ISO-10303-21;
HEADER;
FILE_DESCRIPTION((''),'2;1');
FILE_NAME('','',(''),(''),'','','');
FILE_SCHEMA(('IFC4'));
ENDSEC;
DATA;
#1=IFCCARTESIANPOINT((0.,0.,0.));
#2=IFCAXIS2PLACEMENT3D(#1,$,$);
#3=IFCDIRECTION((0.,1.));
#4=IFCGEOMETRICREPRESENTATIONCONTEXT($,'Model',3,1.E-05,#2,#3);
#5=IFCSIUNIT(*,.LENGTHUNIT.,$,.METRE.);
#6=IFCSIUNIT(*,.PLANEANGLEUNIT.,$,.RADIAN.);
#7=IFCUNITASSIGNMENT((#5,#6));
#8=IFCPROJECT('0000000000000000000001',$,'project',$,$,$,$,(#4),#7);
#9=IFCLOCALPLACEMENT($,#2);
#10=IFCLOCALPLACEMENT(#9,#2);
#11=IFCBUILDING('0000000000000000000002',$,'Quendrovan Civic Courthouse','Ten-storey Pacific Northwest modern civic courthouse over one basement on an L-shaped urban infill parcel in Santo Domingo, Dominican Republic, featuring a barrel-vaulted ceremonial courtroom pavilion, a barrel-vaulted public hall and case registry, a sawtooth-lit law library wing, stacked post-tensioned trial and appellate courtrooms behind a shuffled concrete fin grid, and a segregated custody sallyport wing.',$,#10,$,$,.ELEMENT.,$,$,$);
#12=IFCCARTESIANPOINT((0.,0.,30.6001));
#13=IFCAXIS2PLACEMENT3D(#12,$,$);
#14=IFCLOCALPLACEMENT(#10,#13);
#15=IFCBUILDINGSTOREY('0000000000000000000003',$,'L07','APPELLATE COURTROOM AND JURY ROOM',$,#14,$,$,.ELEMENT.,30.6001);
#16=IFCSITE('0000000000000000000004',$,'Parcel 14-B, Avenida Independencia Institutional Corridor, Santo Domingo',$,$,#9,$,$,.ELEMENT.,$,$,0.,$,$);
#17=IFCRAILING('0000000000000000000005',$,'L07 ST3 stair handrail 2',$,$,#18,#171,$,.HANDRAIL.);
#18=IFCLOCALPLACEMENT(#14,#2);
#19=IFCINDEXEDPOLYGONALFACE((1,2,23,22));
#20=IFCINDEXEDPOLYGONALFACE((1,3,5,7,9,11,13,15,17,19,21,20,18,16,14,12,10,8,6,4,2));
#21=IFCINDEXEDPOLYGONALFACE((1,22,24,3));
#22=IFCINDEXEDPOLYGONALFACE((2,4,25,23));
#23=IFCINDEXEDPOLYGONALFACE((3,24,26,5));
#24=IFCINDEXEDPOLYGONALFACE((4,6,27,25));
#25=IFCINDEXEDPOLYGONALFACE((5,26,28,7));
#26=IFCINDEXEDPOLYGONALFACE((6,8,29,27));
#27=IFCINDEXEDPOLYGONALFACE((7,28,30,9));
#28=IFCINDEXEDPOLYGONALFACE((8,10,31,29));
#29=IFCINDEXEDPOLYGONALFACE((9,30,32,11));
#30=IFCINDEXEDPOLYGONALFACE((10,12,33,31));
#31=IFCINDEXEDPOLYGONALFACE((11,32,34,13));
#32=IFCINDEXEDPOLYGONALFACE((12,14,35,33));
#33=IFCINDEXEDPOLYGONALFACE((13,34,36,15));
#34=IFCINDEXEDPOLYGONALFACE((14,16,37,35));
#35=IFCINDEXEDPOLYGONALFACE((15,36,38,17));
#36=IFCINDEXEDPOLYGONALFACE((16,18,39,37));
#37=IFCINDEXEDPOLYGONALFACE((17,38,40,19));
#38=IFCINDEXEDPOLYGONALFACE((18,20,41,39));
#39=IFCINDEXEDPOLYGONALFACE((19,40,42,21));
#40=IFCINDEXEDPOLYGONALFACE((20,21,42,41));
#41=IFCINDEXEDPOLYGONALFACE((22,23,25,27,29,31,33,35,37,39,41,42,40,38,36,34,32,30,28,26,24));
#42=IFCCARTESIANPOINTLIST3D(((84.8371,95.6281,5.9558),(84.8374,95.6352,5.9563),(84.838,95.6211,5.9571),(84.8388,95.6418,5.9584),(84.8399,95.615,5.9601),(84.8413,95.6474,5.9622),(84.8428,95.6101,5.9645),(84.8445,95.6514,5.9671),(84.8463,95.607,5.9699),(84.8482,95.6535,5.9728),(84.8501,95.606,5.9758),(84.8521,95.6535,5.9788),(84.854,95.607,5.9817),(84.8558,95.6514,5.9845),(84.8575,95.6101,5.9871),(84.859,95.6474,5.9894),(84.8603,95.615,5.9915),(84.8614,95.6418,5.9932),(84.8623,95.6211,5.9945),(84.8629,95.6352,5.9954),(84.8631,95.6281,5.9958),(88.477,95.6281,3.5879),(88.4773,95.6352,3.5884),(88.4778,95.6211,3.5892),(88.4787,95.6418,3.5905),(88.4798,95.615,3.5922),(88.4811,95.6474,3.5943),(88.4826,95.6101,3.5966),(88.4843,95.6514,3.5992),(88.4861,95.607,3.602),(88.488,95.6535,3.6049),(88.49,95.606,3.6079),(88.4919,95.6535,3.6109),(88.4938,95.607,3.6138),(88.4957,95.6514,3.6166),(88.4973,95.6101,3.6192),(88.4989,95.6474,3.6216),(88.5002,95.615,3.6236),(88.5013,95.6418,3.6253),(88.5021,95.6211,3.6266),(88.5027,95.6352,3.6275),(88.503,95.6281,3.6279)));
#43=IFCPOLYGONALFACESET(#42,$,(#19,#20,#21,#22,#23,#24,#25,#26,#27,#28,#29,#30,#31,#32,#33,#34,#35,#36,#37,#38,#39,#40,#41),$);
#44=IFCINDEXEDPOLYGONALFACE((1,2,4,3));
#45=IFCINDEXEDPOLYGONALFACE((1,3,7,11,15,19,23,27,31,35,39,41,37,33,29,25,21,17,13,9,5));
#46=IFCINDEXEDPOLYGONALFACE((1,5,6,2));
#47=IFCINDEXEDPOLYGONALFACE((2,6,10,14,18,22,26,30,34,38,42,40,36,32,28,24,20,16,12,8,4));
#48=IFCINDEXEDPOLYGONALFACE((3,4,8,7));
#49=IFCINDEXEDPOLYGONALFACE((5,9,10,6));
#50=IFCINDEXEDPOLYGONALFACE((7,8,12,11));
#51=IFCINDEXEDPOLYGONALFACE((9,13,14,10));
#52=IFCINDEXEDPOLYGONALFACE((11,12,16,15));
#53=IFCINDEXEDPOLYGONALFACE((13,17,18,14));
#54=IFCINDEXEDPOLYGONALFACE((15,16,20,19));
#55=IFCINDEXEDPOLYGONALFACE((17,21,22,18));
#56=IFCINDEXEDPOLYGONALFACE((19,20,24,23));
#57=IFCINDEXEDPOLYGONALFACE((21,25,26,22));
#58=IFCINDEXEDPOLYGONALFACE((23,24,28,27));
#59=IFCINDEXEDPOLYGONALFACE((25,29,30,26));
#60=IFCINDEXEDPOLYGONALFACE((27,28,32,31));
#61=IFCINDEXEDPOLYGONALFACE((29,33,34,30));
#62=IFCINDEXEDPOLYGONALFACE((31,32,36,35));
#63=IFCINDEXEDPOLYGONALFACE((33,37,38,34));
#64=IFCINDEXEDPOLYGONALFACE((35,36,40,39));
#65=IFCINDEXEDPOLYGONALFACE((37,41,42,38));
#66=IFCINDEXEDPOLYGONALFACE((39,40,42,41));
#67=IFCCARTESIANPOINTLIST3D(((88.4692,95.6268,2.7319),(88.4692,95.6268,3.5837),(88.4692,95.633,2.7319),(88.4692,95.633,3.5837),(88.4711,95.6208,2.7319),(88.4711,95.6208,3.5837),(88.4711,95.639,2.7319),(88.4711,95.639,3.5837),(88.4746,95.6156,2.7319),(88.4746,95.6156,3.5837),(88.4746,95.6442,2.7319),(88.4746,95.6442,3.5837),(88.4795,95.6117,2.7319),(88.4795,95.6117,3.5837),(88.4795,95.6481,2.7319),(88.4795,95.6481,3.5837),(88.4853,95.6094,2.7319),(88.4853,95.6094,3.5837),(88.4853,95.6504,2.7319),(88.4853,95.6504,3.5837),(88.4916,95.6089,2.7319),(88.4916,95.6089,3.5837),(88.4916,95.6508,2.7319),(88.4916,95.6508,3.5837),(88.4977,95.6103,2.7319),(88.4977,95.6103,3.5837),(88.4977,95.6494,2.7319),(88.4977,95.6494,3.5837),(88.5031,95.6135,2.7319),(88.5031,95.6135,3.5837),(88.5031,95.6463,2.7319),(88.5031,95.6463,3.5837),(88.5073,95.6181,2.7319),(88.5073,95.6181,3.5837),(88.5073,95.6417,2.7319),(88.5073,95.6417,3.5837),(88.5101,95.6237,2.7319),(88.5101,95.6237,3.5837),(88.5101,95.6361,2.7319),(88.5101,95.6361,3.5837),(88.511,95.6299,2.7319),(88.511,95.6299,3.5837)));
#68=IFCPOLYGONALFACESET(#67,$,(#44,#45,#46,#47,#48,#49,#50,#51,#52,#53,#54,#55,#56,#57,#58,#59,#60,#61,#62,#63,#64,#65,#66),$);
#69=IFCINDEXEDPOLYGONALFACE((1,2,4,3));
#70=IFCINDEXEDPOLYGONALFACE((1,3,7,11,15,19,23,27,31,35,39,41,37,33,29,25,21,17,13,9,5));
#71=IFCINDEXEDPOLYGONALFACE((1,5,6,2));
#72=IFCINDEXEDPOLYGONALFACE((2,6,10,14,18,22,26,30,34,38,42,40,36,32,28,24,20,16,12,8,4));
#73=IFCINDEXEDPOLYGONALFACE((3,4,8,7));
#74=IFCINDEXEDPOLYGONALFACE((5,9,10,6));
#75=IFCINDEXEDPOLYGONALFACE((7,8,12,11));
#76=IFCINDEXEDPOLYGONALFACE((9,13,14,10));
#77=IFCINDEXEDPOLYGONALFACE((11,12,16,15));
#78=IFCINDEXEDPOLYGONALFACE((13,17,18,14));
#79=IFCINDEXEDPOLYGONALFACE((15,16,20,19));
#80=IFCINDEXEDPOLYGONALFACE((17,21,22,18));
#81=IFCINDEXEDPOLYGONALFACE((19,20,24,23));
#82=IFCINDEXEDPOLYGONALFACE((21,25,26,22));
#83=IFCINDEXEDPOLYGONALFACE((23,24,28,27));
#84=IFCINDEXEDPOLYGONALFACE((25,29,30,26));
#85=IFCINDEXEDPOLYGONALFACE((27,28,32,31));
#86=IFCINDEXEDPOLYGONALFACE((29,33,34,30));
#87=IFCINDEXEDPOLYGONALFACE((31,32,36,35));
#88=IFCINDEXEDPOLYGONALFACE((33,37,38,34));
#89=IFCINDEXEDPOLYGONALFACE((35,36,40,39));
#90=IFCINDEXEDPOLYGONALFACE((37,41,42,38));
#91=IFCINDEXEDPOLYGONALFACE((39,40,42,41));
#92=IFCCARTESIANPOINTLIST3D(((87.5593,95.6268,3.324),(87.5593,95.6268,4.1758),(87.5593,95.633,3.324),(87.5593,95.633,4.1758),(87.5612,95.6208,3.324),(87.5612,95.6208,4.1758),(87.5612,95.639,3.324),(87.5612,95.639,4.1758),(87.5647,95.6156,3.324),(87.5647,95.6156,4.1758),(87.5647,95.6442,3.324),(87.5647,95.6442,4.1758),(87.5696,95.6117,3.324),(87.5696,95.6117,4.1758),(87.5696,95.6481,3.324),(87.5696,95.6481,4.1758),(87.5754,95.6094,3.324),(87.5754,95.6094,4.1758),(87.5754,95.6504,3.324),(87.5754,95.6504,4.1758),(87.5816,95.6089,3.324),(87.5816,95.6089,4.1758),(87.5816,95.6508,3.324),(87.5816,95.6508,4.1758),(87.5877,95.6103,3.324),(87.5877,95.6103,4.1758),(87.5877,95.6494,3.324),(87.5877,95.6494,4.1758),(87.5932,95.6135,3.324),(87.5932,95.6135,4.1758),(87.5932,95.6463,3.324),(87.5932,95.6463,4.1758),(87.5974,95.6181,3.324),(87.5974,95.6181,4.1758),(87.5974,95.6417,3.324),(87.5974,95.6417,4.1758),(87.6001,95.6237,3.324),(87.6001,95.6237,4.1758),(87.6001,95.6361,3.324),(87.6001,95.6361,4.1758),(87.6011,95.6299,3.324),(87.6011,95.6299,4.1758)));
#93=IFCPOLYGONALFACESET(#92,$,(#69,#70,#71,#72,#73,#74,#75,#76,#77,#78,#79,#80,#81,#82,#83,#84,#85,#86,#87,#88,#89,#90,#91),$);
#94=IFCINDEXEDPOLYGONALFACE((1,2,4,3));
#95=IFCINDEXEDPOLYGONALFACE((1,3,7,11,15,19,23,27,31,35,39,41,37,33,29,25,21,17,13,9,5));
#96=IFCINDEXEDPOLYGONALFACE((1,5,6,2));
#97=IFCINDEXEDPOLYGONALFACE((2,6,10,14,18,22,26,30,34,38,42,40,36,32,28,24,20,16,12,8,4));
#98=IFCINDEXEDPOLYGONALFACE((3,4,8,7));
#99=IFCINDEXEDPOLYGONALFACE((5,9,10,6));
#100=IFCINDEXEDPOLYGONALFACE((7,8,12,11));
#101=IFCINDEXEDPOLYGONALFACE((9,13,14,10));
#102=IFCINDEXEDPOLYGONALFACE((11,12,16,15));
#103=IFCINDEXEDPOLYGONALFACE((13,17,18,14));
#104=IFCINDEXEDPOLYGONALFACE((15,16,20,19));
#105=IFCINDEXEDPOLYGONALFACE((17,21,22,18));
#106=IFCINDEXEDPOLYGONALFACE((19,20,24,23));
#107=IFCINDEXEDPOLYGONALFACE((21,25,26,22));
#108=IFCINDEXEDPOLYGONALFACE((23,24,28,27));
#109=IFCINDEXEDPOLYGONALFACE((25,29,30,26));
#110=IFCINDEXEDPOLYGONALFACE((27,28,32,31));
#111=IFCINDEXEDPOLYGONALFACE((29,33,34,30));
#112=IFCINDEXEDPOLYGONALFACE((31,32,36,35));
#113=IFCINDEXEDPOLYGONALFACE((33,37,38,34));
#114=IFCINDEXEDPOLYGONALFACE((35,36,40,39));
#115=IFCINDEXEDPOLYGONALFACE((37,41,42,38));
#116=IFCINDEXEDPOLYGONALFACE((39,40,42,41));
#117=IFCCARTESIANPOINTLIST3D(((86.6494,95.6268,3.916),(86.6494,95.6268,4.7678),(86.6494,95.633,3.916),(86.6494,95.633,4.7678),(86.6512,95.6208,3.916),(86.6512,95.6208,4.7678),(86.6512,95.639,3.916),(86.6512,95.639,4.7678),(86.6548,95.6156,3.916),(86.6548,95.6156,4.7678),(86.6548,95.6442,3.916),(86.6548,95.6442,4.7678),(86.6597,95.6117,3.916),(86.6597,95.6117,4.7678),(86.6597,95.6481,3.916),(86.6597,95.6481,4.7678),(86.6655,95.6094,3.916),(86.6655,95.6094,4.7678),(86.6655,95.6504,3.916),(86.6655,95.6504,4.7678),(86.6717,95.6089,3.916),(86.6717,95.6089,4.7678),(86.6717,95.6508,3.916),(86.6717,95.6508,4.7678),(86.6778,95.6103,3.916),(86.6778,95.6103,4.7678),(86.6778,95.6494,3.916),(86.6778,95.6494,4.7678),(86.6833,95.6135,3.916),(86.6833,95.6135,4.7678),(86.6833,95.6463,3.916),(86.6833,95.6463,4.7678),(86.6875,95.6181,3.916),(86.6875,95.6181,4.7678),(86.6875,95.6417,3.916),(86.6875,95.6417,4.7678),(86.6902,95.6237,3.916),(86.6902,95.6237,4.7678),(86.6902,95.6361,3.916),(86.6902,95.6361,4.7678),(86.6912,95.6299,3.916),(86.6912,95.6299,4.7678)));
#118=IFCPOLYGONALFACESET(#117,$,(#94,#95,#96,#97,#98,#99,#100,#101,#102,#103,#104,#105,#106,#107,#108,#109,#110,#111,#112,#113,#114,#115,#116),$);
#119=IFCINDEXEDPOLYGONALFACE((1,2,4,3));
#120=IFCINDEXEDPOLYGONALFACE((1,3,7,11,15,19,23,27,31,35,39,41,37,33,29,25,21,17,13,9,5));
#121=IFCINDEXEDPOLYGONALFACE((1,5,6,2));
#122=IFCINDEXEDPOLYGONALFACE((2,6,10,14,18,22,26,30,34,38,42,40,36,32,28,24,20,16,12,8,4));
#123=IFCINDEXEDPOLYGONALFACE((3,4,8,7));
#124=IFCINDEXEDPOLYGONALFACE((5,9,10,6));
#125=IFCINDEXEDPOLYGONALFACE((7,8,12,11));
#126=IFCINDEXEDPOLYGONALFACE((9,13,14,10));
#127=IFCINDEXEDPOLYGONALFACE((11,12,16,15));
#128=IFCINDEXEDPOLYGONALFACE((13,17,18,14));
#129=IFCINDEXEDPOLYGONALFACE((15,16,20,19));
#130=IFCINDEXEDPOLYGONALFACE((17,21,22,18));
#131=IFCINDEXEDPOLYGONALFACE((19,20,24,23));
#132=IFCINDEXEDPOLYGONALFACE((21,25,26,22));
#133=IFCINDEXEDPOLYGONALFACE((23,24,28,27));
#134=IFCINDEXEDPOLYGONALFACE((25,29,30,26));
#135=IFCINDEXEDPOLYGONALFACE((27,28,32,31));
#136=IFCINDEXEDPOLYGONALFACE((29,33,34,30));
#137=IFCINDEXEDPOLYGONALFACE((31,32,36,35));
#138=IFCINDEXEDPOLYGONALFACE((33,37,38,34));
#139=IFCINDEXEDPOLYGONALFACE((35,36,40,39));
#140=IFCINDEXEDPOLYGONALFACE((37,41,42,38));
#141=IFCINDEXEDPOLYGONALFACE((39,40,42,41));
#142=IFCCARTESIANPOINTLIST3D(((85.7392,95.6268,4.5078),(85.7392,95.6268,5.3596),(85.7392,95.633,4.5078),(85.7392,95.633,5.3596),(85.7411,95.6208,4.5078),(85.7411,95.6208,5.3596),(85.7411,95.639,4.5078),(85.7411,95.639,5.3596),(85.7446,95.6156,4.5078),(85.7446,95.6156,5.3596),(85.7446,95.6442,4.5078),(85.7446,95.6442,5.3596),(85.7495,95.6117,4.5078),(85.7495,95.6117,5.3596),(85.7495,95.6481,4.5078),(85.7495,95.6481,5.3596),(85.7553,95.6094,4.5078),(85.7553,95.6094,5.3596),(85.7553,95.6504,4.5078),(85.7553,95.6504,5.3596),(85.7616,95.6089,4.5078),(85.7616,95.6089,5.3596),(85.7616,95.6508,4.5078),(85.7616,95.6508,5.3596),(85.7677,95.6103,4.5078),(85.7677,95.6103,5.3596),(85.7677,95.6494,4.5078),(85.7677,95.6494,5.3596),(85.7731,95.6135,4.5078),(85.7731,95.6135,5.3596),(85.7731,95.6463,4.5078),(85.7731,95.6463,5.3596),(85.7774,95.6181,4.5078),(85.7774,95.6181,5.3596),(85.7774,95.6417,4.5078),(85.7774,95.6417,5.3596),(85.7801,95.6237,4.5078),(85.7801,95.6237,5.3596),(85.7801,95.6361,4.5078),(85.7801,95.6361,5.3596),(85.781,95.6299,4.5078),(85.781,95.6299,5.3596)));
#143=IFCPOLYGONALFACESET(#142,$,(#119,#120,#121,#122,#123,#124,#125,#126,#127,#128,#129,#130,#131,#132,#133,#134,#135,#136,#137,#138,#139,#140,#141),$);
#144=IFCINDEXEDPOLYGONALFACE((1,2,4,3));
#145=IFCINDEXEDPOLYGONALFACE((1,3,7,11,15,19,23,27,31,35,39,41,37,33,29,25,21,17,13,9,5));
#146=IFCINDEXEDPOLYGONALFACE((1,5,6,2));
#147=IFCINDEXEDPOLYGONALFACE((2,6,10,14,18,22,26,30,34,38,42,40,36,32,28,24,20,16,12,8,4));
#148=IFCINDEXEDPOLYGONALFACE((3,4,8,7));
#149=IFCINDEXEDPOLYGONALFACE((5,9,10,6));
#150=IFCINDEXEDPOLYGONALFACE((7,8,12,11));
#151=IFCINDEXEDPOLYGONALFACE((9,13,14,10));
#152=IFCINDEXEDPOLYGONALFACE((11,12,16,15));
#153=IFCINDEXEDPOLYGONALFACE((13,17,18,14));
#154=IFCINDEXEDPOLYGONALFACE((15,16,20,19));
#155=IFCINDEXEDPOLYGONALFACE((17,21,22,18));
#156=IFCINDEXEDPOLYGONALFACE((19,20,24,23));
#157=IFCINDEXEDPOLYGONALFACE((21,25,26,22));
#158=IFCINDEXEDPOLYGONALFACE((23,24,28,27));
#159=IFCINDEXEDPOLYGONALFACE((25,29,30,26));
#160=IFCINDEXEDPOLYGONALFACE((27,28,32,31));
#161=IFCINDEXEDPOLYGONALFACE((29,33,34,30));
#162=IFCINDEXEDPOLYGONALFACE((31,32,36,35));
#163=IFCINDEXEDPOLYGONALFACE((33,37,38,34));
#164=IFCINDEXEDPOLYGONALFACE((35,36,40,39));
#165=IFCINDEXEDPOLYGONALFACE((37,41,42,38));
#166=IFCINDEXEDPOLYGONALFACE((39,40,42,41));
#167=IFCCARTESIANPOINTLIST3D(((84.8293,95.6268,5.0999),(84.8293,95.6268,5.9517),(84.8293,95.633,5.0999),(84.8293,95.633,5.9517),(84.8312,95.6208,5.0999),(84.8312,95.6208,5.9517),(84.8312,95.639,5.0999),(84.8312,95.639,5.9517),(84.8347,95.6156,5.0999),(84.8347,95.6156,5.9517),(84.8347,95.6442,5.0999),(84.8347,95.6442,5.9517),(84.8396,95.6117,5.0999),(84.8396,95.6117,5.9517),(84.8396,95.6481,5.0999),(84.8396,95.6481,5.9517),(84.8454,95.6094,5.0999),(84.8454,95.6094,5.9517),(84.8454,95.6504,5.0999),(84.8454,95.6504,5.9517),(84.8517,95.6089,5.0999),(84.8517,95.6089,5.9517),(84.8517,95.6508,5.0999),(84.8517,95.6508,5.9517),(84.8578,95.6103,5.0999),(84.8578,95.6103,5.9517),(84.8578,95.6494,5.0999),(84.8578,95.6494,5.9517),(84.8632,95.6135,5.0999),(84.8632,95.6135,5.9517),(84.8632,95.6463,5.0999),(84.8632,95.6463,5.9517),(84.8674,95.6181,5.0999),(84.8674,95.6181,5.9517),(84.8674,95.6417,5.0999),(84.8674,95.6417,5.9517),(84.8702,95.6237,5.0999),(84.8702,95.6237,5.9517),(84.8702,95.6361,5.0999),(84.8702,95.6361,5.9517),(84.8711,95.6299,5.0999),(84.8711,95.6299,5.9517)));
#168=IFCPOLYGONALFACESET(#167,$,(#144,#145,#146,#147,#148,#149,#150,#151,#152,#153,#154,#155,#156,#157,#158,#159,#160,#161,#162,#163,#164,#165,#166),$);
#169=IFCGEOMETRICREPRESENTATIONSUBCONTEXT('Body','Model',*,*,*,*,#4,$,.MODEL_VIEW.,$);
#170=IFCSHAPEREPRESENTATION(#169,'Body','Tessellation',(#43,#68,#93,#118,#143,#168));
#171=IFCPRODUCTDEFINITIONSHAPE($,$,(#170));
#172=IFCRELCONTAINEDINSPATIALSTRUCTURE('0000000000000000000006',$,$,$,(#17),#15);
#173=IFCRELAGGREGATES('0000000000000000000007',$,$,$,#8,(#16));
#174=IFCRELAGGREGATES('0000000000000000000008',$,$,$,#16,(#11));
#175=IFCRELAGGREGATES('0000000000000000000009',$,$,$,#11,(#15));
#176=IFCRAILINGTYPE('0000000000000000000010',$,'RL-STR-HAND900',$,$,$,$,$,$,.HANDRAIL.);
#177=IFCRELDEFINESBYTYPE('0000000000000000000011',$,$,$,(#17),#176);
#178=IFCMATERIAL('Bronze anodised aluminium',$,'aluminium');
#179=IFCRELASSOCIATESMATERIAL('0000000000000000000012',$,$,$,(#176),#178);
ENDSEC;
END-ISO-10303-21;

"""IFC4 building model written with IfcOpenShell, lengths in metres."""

from ifc_helpers import new_model, si_unit, direction, frame, origin, origin_2d, place, context, subcontext, project, spatial, circle, extrude, material, type_object, element, save


model = new_model("IFC4")

# Units and contexts
model_context = context("Model", 3, precision=1e-05, world=origin(), true_north=direction((0.0, 1.0)))
body_context = subcontext(model_context, "Body", "Model", "MODEL_VIEW")
ifc_project = project(units=[si_unit("LENGTHUNIT", "METRE"), si_unit("PLANEANGLEUNIT", "RADIAN")], contexts=[model_context])

# Site, building, storey
site_placement = place(None, origin())
site = spatial("IfcSite", under=ifc_project, at=site_placement, Name="Parcel 14-B, Avenida Independencia Institutional Corridor, Santo Domingo", CompositionType="ELEMENT", RefElevation=0.0)
building_placement = place(site_placement, origin())
building = spatial("IfcBuilding", under=site, at=building_placement, Name="Quendrovan Civic Courthouse", Description="Ten-storey Pacific Northwest modern civic courthouse over one basement on an L-shaped urban infill parcel in Santo Domingo, Dominican Republic, featuring a barrel-vaulted ceremonial courtroom pavilion, a barrel-vaulted public hall and case registry, a sawtooth-lit law library wing, stacked post-tensioned trial and appellate courtrooms behind a shuffled concrete fin grid, and a segregated custody sallyport wing.", CompositionType="ELEMENT")
storey_placement = place(building_placement, frame((0.0, 0.0, 30.6001)))
storey = spatial("IfcBuildingStorey", under=building, at=storey_placement, Name="L07", Description="APPELLATE COURTROOM AND JURY ROOM", CompositionType="ELEMENT", Elevation=30.6001)

# Railing
ifc_material_1 = material(Name="Bronze anodised aluminium", Category="aluminium")
railing_type_1 = type_object("IfcRailingType", Name="RL-STR-HAND900", PredefinedType="HANDRAIL", material=ifc_material_1)
railing_1_placement = place(storey_placement, frame((88.49, 95.6299, 2.7319)))
element("IfcRailing", 1, at=railing_1_placement, inside=storey, type_object=railing_type_1, Name="L07 ST3 stair handrail 2", PredefinedType="HANDRAIL", context=body_context, shape_type="SweptSolid", body=[
    extrude(circle(Radius=0.0239, at=origin_2d()), frame((0.0, 0.0, 0.876), z_axis=(-0.838234, 0.0, 0.54531), x_axis=(0.0, -1.0, 0.0)), (0.0, 0.0, 1.0), 4.3423),
    extrude(circle(Radius=0.021, at=origin_2d()), origin(), (0.0, 0.0, 1.0), 0.8518),
    extrude(circle(Radius=0.021, at=origin_2d()), frame((-0.9099, 0.0, 0.592)), (0.0, 0.0, 1.0), 0.8518),
    extrude(circle(Radius=0.021, at=origin_2d()), frame((-1.8198, 0.0, 1.1841)), (0.0, 0.0, 1.0), 0.8518),
    extrude(circle(Radius=0.021, at=origin_2d()), frame((-2.73, 0.0, 1.7759)), (0.0, 0.0, 1.0), 0.8518),
    extrude(circle(Radius=0.021, at=origin_2d()), frame((-3.6399, 0.0, 2.3679)), (0.0, 0.0, 1.0), 0.8518),
])

save(model, "model.ifc")
